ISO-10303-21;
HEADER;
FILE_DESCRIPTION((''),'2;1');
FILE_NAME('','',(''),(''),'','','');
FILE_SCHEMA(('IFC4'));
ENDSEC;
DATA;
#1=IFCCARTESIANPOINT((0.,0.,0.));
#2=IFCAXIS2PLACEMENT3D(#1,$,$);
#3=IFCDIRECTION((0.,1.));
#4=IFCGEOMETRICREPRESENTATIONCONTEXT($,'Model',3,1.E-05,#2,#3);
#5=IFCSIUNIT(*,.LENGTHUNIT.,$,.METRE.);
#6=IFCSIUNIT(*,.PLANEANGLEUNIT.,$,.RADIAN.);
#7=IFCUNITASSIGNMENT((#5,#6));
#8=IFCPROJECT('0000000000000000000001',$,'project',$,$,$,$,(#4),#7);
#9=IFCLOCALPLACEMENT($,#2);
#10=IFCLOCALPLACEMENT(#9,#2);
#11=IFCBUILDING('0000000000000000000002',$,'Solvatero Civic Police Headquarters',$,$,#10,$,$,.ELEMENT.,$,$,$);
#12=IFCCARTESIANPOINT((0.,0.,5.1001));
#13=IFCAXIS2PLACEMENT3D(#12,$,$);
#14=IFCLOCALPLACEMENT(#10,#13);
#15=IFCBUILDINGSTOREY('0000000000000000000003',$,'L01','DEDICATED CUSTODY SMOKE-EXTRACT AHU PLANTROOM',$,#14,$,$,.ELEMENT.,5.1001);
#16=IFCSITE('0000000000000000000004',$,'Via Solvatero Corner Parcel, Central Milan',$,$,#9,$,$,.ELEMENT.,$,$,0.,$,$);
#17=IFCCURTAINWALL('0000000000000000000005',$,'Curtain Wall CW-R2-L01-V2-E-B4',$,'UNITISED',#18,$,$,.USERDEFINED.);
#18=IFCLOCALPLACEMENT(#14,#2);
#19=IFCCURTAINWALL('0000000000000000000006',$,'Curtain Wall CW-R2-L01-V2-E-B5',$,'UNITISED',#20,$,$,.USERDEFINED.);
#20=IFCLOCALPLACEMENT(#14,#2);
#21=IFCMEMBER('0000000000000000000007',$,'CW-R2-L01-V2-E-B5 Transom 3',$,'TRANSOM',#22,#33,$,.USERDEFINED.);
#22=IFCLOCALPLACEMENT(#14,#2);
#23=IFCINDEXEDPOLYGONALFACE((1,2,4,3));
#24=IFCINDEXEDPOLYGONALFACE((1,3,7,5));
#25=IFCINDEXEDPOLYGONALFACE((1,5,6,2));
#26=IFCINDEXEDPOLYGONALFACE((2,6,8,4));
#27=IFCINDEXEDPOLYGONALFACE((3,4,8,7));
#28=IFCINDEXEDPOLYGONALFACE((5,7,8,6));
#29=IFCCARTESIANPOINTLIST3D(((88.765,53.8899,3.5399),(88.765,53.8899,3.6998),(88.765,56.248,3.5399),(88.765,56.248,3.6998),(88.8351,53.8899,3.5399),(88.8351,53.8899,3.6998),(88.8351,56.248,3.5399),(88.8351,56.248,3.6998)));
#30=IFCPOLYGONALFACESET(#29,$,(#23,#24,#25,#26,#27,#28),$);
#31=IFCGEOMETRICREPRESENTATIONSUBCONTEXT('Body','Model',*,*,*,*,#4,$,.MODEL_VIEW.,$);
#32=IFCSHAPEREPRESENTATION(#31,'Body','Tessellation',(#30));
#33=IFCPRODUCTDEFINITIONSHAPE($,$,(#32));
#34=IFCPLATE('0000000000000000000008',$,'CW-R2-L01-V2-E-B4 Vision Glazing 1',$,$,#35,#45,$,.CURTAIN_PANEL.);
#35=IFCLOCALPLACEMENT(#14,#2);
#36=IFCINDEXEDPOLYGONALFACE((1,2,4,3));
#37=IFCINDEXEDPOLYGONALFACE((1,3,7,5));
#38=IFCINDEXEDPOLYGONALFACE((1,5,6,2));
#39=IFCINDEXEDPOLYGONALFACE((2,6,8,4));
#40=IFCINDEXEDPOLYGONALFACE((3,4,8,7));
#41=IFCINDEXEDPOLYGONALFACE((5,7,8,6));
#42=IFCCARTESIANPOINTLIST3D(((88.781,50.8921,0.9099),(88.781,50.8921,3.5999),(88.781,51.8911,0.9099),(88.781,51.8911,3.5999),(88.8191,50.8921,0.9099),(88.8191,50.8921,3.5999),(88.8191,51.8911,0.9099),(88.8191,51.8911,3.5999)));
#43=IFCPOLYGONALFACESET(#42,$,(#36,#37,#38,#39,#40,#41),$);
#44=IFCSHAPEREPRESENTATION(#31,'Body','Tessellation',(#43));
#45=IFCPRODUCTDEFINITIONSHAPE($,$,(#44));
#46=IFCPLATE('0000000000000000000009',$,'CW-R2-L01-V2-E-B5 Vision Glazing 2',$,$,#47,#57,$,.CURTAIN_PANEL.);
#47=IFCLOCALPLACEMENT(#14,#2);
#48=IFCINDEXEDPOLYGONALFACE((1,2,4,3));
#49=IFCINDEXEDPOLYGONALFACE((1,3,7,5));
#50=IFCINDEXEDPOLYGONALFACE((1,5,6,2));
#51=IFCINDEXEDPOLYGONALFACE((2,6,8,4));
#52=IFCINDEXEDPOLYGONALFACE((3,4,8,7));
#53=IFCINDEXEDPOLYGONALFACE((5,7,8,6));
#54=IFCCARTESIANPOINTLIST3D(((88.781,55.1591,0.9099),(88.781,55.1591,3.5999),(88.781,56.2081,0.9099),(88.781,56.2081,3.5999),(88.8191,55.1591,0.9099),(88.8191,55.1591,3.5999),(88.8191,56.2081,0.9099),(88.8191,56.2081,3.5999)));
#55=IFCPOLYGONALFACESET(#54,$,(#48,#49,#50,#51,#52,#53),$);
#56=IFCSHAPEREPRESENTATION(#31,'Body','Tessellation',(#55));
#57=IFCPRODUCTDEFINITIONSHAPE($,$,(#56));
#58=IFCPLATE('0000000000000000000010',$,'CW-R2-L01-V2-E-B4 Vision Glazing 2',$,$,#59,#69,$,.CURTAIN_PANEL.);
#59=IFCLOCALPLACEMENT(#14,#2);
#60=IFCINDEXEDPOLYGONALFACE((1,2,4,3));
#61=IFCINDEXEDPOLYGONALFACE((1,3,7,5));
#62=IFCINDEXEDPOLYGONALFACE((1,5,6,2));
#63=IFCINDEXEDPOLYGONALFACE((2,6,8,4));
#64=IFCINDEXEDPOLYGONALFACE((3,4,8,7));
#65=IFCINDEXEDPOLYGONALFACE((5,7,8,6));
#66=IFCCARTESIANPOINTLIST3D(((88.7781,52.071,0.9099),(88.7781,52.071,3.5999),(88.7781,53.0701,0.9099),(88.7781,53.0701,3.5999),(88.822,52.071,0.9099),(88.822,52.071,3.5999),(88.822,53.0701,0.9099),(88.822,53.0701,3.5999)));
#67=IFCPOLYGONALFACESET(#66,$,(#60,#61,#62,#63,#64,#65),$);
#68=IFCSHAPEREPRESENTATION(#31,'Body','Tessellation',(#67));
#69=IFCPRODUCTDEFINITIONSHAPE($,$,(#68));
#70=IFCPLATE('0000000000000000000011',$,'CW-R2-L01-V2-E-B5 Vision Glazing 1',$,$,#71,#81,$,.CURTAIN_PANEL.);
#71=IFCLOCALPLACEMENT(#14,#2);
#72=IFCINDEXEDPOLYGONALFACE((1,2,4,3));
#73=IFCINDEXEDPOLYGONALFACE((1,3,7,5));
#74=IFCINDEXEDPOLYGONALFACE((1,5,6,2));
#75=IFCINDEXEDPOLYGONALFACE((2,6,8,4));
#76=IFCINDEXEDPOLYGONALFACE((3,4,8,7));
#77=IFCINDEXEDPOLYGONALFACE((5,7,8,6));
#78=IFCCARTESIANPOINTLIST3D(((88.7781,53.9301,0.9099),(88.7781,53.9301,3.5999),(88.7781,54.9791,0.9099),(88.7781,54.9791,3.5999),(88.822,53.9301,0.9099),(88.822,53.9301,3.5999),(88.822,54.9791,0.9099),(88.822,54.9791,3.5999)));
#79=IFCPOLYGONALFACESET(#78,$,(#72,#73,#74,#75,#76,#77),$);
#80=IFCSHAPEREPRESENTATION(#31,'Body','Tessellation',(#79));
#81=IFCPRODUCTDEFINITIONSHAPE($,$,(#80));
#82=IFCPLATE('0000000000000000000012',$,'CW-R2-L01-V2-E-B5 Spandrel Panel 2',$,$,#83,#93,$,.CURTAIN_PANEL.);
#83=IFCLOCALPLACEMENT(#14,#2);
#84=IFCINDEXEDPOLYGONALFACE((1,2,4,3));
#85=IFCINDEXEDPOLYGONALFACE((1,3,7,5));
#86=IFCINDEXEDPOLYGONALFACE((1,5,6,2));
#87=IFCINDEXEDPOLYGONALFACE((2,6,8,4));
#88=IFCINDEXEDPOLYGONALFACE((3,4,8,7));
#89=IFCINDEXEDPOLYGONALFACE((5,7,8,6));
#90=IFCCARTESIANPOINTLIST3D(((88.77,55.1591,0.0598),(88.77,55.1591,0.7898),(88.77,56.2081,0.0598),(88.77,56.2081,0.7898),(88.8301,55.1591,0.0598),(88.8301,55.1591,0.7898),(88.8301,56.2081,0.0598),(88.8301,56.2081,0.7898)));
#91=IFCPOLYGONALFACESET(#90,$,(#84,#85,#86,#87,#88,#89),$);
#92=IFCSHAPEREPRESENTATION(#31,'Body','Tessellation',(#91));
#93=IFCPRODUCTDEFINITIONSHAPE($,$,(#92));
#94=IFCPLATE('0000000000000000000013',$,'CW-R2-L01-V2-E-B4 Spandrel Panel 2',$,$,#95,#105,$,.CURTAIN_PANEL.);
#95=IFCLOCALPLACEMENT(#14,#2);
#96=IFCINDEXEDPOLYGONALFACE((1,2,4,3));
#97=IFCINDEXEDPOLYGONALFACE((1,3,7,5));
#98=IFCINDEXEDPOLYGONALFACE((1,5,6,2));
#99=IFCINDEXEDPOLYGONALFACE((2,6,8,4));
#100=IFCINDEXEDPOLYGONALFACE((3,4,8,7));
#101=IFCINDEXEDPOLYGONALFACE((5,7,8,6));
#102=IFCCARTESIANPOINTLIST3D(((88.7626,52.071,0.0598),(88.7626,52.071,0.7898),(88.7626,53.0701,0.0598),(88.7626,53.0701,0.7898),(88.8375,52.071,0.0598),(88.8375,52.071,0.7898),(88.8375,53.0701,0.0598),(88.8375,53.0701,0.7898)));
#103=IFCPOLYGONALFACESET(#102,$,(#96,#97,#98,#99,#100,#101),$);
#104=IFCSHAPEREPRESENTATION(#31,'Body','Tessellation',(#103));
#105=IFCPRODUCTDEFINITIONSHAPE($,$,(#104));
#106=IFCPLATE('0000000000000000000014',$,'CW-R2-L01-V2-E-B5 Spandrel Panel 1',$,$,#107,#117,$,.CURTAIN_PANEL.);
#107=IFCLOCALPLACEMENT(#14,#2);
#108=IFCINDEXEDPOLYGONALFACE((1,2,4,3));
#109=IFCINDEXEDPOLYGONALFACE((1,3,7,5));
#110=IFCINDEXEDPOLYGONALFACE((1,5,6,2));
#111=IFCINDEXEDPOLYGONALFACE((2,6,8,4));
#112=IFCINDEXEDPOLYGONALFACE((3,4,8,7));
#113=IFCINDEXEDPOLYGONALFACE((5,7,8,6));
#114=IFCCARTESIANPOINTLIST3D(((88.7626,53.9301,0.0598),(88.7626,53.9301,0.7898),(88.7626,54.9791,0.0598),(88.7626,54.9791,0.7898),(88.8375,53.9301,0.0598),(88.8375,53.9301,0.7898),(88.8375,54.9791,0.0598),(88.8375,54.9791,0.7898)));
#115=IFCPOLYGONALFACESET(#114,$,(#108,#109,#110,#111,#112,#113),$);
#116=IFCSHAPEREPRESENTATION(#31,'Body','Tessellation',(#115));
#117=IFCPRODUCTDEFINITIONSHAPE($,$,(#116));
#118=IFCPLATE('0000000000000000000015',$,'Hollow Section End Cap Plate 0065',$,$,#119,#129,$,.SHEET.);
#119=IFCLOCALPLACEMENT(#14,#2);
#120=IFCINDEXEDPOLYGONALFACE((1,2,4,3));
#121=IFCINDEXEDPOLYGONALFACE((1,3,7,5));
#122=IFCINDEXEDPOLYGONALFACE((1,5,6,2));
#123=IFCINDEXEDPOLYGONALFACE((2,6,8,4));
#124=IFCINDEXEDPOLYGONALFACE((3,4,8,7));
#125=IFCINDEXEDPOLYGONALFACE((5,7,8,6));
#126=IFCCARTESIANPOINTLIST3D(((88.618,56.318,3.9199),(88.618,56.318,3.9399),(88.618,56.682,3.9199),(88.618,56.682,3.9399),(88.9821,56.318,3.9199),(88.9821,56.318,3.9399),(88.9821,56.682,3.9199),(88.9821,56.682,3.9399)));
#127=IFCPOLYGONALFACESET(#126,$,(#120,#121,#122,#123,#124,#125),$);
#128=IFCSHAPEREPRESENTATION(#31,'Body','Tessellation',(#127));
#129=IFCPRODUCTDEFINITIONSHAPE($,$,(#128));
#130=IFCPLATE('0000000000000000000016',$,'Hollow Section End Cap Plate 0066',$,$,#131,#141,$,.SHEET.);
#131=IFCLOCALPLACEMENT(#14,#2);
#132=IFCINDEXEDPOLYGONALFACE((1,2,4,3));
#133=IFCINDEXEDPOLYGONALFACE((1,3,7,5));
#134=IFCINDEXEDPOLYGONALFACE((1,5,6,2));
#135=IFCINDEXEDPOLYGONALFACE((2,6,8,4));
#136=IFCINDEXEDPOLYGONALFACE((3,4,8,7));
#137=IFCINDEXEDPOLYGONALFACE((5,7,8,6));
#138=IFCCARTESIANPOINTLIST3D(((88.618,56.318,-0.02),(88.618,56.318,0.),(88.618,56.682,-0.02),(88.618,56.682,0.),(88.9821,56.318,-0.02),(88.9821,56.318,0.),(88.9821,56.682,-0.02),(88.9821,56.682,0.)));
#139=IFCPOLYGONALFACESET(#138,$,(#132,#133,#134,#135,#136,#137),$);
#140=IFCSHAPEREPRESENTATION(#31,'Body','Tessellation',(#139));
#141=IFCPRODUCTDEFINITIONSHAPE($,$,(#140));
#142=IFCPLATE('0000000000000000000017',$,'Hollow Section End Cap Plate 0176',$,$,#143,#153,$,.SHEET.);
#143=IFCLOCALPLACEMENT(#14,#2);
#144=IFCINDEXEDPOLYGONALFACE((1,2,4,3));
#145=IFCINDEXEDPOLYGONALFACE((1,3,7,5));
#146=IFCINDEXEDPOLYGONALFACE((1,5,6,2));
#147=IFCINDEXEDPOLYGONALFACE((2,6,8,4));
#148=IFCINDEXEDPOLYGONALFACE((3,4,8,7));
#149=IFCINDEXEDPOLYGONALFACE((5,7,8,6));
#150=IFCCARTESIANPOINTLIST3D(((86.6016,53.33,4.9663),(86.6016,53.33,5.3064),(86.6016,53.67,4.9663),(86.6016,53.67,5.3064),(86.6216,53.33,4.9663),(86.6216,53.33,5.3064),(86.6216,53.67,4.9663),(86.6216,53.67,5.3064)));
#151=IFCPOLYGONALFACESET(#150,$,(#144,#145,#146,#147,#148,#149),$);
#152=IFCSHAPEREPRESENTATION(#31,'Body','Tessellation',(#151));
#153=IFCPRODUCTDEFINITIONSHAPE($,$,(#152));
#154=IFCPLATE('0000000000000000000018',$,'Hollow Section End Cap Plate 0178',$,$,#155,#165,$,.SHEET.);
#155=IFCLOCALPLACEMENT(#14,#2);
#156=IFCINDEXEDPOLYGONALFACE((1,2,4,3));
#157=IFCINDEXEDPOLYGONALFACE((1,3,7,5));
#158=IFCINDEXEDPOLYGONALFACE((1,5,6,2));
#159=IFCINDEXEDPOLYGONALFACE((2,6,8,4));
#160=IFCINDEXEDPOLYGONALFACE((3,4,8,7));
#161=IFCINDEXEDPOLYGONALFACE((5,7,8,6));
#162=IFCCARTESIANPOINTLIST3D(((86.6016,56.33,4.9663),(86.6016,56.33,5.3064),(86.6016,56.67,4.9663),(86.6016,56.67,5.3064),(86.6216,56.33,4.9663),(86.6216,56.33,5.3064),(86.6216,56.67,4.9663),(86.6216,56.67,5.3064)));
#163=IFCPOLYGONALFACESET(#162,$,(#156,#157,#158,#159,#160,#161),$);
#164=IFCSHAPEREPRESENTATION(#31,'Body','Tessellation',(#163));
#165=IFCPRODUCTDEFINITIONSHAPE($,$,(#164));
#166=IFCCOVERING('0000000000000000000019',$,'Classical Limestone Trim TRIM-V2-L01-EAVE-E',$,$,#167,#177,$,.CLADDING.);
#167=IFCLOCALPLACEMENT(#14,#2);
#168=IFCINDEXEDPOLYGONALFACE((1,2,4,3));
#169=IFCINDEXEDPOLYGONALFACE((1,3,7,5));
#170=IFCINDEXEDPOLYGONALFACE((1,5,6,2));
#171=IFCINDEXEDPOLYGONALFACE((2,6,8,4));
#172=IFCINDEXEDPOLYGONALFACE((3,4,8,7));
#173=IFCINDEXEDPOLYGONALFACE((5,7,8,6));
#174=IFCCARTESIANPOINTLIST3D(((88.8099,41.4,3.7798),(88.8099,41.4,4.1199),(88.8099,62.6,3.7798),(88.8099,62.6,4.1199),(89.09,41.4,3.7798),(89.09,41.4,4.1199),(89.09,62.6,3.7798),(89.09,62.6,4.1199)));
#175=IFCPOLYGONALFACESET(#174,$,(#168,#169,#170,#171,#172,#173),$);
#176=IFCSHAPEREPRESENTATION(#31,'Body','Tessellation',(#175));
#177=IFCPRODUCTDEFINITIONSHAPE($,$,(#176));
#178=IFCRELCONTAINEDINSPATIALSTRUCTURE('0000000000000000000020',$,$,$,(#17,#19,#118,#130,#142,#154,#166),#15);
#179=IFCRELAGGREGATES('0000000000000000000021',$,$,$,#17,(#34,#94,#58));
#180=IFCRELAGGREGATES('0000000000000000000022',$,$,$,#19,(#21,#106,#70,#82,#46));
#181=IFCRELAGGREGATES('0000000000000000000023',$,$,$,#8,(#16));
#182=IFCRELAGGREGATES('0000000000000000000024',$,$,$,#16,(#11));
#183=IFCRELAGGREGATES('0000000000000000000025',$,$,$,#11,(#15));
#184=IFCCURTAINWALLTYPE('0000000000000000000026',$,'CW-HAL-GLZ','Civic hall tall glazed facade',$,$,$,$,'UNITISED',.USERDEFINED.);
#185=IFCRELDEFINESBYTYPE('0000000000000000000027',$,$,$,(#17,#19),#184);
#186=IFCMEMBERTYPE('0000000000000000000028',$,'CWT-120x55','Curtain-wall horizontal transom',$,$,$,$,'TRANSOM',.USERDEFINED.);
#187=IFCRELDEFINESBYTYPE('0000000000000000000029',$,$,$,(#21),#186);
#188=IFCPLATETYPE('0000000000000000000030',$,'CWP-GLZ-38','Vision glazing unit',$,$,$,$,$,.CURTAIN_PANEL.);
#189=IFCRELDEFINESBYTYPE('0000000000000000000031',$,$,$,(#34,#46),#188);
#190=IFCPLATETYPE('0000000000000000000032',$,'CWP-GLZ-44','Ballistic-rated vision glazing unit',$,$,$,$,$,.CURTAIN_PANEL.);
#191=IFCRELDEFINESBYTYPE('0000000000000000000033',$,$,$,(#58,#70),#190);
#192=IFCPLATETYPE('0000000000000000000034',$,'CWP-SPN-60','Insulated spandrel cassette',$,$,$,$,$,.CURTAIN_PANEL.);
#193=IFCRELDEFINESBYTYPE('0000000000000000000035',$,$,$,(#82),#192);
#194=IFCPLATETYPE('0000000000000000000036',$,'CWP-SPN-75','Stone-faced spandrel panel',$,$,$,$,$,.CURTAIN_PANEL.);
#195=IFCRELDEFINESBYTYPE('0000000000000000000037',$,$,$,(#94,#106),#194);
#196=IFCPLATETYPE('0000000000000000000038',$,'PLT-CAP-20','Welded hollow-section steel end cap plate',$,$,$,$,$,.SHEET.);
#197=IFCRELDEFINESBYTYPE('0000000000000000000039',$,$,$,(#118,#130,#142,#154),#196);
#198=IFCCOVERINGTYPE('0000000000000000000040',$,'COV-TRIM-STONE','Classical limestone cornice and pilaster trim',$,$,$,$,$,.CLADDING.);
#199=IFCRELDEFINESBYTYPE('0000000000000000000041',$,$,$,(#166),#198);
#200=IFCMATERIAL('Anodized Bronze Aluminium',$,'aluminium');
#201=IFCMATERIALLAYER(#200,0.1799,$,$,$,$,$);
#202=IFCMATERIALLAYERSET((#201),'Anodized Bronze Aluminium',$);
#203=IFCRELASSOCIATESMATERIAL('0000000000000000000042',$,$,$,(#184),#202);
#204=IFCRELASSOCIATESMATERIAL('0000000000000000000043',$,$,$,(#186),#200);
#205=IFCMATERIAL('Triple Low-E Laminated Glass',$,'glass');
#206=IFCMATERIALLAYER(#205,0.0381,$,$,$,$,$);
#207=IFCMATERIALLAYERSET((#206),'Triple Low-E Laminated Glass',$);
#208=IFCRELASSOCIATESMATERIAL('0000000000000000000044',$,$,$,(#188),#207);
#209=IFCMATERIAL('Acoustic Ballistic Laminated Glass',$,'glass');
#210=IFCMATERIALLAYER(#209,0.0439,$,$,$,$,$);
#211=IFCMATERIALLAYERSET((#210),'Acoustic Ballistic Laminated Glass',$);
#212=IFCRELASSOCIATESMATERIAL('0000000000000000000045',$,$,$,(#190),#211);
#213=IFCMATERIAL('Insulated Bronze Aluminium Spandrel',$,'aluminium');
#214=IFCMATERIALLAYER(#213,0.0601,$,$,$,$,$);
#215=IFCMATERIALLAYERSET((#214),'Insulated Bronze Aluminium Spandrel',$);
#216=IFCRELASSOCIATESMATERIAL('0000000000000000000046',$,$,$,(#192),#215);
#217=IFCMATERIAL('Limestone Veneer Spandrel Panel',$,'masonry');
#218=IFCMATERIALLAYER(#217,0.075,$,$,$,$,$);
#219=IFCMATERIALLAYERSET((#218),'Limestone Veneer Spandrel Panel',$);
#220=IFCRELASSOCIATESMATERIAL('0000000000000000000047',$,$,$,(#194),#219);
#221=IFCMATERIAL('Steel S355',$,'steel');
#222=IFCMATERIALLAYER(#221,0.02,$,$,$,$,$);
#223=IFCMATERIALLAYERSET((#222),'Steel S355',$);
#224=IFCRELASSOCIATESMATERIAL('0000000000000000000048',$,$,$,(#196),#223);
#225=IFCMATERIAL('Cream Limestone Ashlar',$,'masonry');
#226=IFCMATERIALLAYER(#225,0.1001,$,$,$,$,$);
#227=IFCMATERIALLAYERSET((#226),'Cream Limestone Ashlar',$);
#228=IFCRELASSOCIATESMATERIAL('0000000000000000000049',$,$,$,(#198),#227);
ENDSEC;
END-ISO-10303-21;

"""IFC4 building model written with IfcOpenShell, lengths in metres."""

from ifc_helpers import new_model, si_unit, direction, frame, origin, origin_2d, place, context, subcontext, project, spatial, rectangle, extrude, material, layer, layer_set, material_profile, profile_set, type_object, element, aggregate, save


model = new_model("IFC4")

# Units and contexts
model_context = context("Model", 3, precision=1e-05, world=origin(), true_north=direction((0.0, 1.0)))
body_context = subcontext(model_context, "Body", "Model", "MODEL_VIEW")
ifc_project = project(units=[si_unit("LENGTHUNIT", "METRE"), si_unit("PLANEANGLEUNIT", "RADIAN")], contexts=[model_context])

# Site, building, storey
site_placement = place(None, origin())
site = spatial("IfcSite", under=ifc_project, at=site_placement, Name="Via Solvatero Corner Parcel, Central Milan", CompositionType="ELEMENT", RefElevation=0.0)
building_placement = place(site_placement, origin())
building = spatial("IfcBuilding", under=site, at=building_placement, Name="Solvatero Civic Police Headquarters", CompositionType="ELEMENT")
storey_placement = place(building_placement, frame((0.0, 0.0, 5.1001)))
storey = spatial("IfcBuildingStorey", under=building, at=storey_placement, Name="L01", Description="DEDICATED CUSTODY SMOKE-EXTRACT AHU PLANTROOM", CompositionType="ELEMENT", Elevation=5.1001)

# Shared definitions
ifc_material_1 = material(Name="Steel S355", Category="steel")

# Curtain walls, member
ifc_material_2 = material(Name="Anodized Bronze Aluminium", Category="aluminium")
ifc_layer_1 = layer(ifc_material_2, 0.1799)
ifc_layer_set_1 = layer_set([ifc_layer_1], Name="Anodized Bronze Aluminium")
curtain_wall_type = type_object("IfcCurtainWallType", Name="CW-HAL-GLZ", Description="Civic hall tall glazed facade", ElementType="UNITISED", PredefinedType="USERDEFINED", material=ifc_layer_set_1)
curtain_wall_1_placement = place(storey_placement, origin())
curtain_wall_1 = element("IfcCurtainWall", 1, at=curtain_wall_1_placement, inside=storey, type_object=curtain_wall_type, Name="Curtain Wall CW-R2-L01-V2-E-B4", ObjectType="UNITISED", PredefinedType="USERDEFINED")
curtain_wall_2_placement = place(storey_placement, origin())
curtain_wall_2 = element("IfcCurtainWall", 2, at=curtain_wall_2_placement, inside=storey, type_object=curtain_wall_type, Name="Curtain Wall CW-R2-L01-V2-E-B5", ObjectType="UNITISED", PredefinedType="USERDEFINED")
ifc_material_profile_1 = material_profile(ifc_material_2, rectangle(XDim=0.0701, YDim=0.1599, at=origin_2d()), Name="ALU TRANSOM 70x160")
ifc_profile_set_1 = profile_set([ifc_material_profile_1], Name="Anodized Bronze Aluminium")
member_type_1 = type_object("IfcMemberType", Name="CWT-120x55", Description="Curtain-wall horizontal transom", ElementType="TRANSOM", PredefinedType="USERDEFINED", material=ifc_profile_set_1)
member_1_placement = place(storey_placement, frame((88.8, 53.8899, 3.6199), z_axis=(0.0, 1.0, 0.0), x_axis=(-1.0, 0.0, 0.0)))
member_1 = element("IfcMember", 3, at=member_1_placement, type_object=member_type_1, Name="CW-R2-L01-V2-E-B5 Transom 3", ObjectType="TRANSOM", PredefinedType="USERDEFINED", context=body_context, shape_type="SweptSolid", body=[
    extrude(rectangle(XDim=0.0701, YDim=0.1599, at=origin_2d()), origin(), (0.0, 0.0, 1.0), 2.3582),
])

# Plates
ifc_material_3 = material(Name="Triple Low-E Laminated Glass", Category="glass")
ifc_layer_2 = layer(ifc_material_3, 0.0381)
ifc_layer_set_2 = layer_set([ifc_layer_2], Name="Triple Low-E Laminated Glass")
plate_type_1 = type_object("IfcPlateType", Name="CWP-GLZ-38", Description="Vision glazing unit", PredefinedType="CURTAIN_PANEL", material=ifc_layer_set_2)
plate_1_placement = place(storey_placement, frame((88.8, 51.3916, 0.9099), z_axis=(0.0, 0.0, 1.0), x_axis=(0.0, 1.0, 0.0)))
plate_1 = element("IfcPlate", 4, at=plate_1_placement, type_object=plate_type_1, Name="CW-R2-L01-V2-E-B4 Vision Glazing 1", PredefinedType="CURTAIN_PANEL", context=body_context, shape_type="SweptSolid", body=[
    extrude(rectangle(XDim=0.999, YDim=0.0381, at=origin_2d()), origin(), (0.0, 0.0, 1.0), 2.6899),
])
plate_2_placement = place(storey_placement, frame((88.8, 55.6836, 0.9099), z_axis=(0.0, 0.0, 1.0), x_axis=(0.0, 1.0, 0.0)))
plate_2 = element("IfcPlate", 5, at=plate_2_placement, type_object=plate_type_1, Name="CW-R2-L01-V2-E-B5 Vision Glazing 2", PredefinedType="CURTAIN_PANEL", context=body_context, shape_type="SweptSolid", body=[
    extrude(rectangle(XDim=1.0491, YDim=0.0381, at=origin_2d()), origin(), (0.0, 0.0, 1.0), 2.6899),
])
ifc_material_4 = material(Name="Acoustic Ballistic Laminated Glass", Category="glass")
ifc_layer_3 = layer(ifc_material_4, 0.0439)
ifc_layer_set_3 = layer_set([ifc_layer_3], Name="Acoustic Ballistic Laminated Glass")
plate_type_2 = type_object("IfcPlateType", Name="CWP-GLZ-44", Description="Ballistic-rated vision glazing unit", PredefinedType="CURTAIN_PANEL", material=ifc_layer_set_3)
plate_3_placement = place(storey_placement, frame((88.8, 52.5706, 0.9099), z_axis=(0.0, 0.0, 1.0), x_axis=(0.0, 1.0, 0.0)))
plate_3 = element("IfcPlate", 6, at=plate_3_placement, type_object=plate_type_2, Name="CW-R2-L01-V2-E-B4 Vision Glazing 2", PredefinedType="CURTAIN_PANEL", context=body_context, shape_type="SweptSolid", body=[
    extrude(rectangle(XDim=0.999, YDim=0.0439, at=origin_2d()), origin(), (0.0, 0.0, 1.0), 2.6899),
])
plate_4_placement = place(storey_placement, frame((88.8, 54.4546, 0.9099), z_axis=(0.0, 0.0, 1.0), x_axis=(0.0, 1.0, 0.0)))
plate_4 = element("IfcPlate", 7, at=plate_4_placement, type_object=plate_type_2, Name="CW-R2-L01-V2-E-B5 Vision Glazing 1", PredefinedType="CURTAIN_PANEL", context=body_context, shape_type="SweptSolid", body=[
    extrude(rectangle(XDim=1.0491, YDim=0.0439, at=origin_2d()), origin(), (0.0, 0.0, 1.0), 2.6899),
])
ifc_material_5 = material(Name="Insulated Bronze Aluminium Spandrel", Category="aluminium")
ifc_layer_4 = layer(ifc_material_5, 0.0601)
ifc_layer_set_4 = layer_set([ifc_layer_4], Name="Insulated Bronze Aluminium Spandrel")
plate_type_3 = type_object("IfcPlateType", Name="CWP-SPN-60", Description="Insulated spandrel cassette", PredefinedType="CURTAIN_PANEL", material=ifc_layer_set_4)
plate_5_placement = place(storey_placement, frame((88.8, 55.6836, 0.0598), z_axis=(0.0, 0.0, 1.0), x_axis=(0.0, 1.0, 0.0)))
plate_5 = element("IfcPlate", 8, at=plate_5_placement, type_object=plate_type_3, Name="CW-R2-L01-V2-E-B5 Spandrel Panel 2", PredefinedType="CURTAIN_PANEL", context=body_context, shape_type="SweptSolid", body=[
    extrude(rectangle(XDim=1.0491, YDim=0.0601, at=origin_2d()), origin(), (0.0, 0.0, 1.0), 0.73),
])
ifc_material_6 = material(Name="Limestone Veneer Spandrel Panel", Category="masonry")
ifc_layer_5 = layer(ifc_material_6, 0.075)
ifc_layer_set_5 = layer_set([ifc_layer_5], Name="Limestone Veneer Spandrel Panel")
plate_type_4 = type_object("IfcPlateType", Name="CWP-SPN-75", Description="Stone-faced spandrel panel", PredefinedType="CURTAIN_PANEL", material=ifc_layer_set_5)
plate_6_placement = place(storey_placement, frame((88.8, 52.5706, 0.0598), z_axis=(0.0, 0.0, 1.0), x_axis=(0.0, 1.0, 0.0)))
plate_6 = element("IfcPlate", 9, at=plate_6_placement, type_object=plate_type_4, Name="CW-R2-L01-V2-E-B4 Spandrel Panel 2", PredefinedType="CURTAIN_PANEL", context=body_context, shape_type="SweptSolid", body=[
    extrude(rectangle(XDim=0.999, YDim=0.075, at=origin_2d()), origin(), (0.0, 0.0, 1.0), 0.73),
])
aggregate(curtain_wall_1, [plate_1, plate_6, plate_3])
plate_7_placement = place(storey_placement, frame((88.8, 54.4546, 0.0598), z_axis=(0.0, 0.0, 1.0), x_axis=(0.0, 1.0, 0.0)))
plate_7 = element("IfcPlate", 10, at=plate_7_placement, type_object=plate_type_4, Name="CW-R2-L01-V2-E-B5 Spandrel Panel 1", PredefinedType="CURTAIN_PANEL", context=body_context, shape_type="SweptSolid", body=[
    extrude(rectangle(XDim=1.0491, YDim=0.075, at=origin_2d()), origin(), (0.0, 0.0, 1.0), 0.73),
])
aggregate(curtain_wall_2, [member_1, plate_7, plate_4, plate_5, plate_2])

# Plates
ifc_layer_6 = layer(ifc_material_1, 0.02)
ifc_layer_set_6 = layer_set([ifc_layer_6], Name="Steel S355")
plate_type_5 = type_object("IfcPlateType", Name="PLT-CAP-20", Description="Welded hollow-section steel end cap plate", PredefinedType="SHEET", material=ifc_layer_set_6)
for number, where, z_axis, x_axis, name in (
    (11, (88.8, 56.5, 3.9199), (0.0, 0.0, 1.0), (1.0, 0.0, 0.0), "Hollow Section End Cap Plate 0065"),
    (12, (88.8, 56.5, -0.02), (0.0, 0.0, 1.0), (1.0, 0.0, 0.0), "Hollow Section End Cap Plate 0066"),
):
    element("IfcPlate", number, at=place(storey_placement, frame(where, z_axis=z_axis, x_axis=x_axis)), inside=storey, type_object=plate_type_5, Name=name, PredefinedType="SHEET", context=body_context, shape_type="SweptSolid", body=[
        extrude(rectangle(XDim=0.364, YDim=0.364, at=origin_2d()), origin(), (0.0, 0.0, 1.0), 0.02),
    ])
for number, where, z_axis, x_axis, name in (
    (13, (86.6116, 53.5, 4.9663), (0.0, 0.0, 1.0), (1.0, 0.0, 0.0), "Hollow Section End Cap Plate 0176"),
    (14, (86.6116, 56.5, 4.9663), (0.0, 0.0, 1.0), (1.0, 0.0, 0.0), "Hollow Section End Cap Plate 0178"),
):
    element("IfcPlate", number, at=place(storey_placement, frame(where, z_axis=z_axis, x_axis=x_axis)), inside=storey, type_object=plate_type_5, Name=name, PredefinedType="SHEET", context=body_context, shape_type="SweptSolid", body=[
        extrude(rectangle(XDim=0.02, YDim=0.3401, at=origin_2d()), origin(), (0.0, 0.0, 1.0), 0.3401),
    ])

# Covering
ifc_material_7 = material(Name="Cream Limestone Ashlar", Category="masonry")
ifc_layer_7 = layer(ifc_material_7, 0.1001)
ifc_layer_set_7 = layer_set([ifc_layer_7], Name="Cream Limestone Ashlar")
covering_type = type_object("IfcCoveringType", Name="COV-TRIM-STONE", Description="Classical limestone cornice and pilaster trim", PredefinedType="CLADDING", material=ifc_layer_set_7)
covering_placement = place(storey_placement, frame((88.95, 52.0, 3.7798), z_axis=(0.0, 0.0, 1.0), x_axis=(1.0, 0.0, 0.0)))
element("IfcCovering", 15, at=covering_placement, inside=storey, type_object=covering_type, Name="Classical Limestone Trim TRIM-V2-L01-EAVE-E", PredefinedType="CLADDING", context=body_context, shape_type="SweptSolid", body=[
    extrude(rectangle(XDim=0.28, YDim=21.2, at=origin_2d()), origin(), (0.0, 0.0, 1.0), 0.3401),
])

save(model, "model.ifc")
